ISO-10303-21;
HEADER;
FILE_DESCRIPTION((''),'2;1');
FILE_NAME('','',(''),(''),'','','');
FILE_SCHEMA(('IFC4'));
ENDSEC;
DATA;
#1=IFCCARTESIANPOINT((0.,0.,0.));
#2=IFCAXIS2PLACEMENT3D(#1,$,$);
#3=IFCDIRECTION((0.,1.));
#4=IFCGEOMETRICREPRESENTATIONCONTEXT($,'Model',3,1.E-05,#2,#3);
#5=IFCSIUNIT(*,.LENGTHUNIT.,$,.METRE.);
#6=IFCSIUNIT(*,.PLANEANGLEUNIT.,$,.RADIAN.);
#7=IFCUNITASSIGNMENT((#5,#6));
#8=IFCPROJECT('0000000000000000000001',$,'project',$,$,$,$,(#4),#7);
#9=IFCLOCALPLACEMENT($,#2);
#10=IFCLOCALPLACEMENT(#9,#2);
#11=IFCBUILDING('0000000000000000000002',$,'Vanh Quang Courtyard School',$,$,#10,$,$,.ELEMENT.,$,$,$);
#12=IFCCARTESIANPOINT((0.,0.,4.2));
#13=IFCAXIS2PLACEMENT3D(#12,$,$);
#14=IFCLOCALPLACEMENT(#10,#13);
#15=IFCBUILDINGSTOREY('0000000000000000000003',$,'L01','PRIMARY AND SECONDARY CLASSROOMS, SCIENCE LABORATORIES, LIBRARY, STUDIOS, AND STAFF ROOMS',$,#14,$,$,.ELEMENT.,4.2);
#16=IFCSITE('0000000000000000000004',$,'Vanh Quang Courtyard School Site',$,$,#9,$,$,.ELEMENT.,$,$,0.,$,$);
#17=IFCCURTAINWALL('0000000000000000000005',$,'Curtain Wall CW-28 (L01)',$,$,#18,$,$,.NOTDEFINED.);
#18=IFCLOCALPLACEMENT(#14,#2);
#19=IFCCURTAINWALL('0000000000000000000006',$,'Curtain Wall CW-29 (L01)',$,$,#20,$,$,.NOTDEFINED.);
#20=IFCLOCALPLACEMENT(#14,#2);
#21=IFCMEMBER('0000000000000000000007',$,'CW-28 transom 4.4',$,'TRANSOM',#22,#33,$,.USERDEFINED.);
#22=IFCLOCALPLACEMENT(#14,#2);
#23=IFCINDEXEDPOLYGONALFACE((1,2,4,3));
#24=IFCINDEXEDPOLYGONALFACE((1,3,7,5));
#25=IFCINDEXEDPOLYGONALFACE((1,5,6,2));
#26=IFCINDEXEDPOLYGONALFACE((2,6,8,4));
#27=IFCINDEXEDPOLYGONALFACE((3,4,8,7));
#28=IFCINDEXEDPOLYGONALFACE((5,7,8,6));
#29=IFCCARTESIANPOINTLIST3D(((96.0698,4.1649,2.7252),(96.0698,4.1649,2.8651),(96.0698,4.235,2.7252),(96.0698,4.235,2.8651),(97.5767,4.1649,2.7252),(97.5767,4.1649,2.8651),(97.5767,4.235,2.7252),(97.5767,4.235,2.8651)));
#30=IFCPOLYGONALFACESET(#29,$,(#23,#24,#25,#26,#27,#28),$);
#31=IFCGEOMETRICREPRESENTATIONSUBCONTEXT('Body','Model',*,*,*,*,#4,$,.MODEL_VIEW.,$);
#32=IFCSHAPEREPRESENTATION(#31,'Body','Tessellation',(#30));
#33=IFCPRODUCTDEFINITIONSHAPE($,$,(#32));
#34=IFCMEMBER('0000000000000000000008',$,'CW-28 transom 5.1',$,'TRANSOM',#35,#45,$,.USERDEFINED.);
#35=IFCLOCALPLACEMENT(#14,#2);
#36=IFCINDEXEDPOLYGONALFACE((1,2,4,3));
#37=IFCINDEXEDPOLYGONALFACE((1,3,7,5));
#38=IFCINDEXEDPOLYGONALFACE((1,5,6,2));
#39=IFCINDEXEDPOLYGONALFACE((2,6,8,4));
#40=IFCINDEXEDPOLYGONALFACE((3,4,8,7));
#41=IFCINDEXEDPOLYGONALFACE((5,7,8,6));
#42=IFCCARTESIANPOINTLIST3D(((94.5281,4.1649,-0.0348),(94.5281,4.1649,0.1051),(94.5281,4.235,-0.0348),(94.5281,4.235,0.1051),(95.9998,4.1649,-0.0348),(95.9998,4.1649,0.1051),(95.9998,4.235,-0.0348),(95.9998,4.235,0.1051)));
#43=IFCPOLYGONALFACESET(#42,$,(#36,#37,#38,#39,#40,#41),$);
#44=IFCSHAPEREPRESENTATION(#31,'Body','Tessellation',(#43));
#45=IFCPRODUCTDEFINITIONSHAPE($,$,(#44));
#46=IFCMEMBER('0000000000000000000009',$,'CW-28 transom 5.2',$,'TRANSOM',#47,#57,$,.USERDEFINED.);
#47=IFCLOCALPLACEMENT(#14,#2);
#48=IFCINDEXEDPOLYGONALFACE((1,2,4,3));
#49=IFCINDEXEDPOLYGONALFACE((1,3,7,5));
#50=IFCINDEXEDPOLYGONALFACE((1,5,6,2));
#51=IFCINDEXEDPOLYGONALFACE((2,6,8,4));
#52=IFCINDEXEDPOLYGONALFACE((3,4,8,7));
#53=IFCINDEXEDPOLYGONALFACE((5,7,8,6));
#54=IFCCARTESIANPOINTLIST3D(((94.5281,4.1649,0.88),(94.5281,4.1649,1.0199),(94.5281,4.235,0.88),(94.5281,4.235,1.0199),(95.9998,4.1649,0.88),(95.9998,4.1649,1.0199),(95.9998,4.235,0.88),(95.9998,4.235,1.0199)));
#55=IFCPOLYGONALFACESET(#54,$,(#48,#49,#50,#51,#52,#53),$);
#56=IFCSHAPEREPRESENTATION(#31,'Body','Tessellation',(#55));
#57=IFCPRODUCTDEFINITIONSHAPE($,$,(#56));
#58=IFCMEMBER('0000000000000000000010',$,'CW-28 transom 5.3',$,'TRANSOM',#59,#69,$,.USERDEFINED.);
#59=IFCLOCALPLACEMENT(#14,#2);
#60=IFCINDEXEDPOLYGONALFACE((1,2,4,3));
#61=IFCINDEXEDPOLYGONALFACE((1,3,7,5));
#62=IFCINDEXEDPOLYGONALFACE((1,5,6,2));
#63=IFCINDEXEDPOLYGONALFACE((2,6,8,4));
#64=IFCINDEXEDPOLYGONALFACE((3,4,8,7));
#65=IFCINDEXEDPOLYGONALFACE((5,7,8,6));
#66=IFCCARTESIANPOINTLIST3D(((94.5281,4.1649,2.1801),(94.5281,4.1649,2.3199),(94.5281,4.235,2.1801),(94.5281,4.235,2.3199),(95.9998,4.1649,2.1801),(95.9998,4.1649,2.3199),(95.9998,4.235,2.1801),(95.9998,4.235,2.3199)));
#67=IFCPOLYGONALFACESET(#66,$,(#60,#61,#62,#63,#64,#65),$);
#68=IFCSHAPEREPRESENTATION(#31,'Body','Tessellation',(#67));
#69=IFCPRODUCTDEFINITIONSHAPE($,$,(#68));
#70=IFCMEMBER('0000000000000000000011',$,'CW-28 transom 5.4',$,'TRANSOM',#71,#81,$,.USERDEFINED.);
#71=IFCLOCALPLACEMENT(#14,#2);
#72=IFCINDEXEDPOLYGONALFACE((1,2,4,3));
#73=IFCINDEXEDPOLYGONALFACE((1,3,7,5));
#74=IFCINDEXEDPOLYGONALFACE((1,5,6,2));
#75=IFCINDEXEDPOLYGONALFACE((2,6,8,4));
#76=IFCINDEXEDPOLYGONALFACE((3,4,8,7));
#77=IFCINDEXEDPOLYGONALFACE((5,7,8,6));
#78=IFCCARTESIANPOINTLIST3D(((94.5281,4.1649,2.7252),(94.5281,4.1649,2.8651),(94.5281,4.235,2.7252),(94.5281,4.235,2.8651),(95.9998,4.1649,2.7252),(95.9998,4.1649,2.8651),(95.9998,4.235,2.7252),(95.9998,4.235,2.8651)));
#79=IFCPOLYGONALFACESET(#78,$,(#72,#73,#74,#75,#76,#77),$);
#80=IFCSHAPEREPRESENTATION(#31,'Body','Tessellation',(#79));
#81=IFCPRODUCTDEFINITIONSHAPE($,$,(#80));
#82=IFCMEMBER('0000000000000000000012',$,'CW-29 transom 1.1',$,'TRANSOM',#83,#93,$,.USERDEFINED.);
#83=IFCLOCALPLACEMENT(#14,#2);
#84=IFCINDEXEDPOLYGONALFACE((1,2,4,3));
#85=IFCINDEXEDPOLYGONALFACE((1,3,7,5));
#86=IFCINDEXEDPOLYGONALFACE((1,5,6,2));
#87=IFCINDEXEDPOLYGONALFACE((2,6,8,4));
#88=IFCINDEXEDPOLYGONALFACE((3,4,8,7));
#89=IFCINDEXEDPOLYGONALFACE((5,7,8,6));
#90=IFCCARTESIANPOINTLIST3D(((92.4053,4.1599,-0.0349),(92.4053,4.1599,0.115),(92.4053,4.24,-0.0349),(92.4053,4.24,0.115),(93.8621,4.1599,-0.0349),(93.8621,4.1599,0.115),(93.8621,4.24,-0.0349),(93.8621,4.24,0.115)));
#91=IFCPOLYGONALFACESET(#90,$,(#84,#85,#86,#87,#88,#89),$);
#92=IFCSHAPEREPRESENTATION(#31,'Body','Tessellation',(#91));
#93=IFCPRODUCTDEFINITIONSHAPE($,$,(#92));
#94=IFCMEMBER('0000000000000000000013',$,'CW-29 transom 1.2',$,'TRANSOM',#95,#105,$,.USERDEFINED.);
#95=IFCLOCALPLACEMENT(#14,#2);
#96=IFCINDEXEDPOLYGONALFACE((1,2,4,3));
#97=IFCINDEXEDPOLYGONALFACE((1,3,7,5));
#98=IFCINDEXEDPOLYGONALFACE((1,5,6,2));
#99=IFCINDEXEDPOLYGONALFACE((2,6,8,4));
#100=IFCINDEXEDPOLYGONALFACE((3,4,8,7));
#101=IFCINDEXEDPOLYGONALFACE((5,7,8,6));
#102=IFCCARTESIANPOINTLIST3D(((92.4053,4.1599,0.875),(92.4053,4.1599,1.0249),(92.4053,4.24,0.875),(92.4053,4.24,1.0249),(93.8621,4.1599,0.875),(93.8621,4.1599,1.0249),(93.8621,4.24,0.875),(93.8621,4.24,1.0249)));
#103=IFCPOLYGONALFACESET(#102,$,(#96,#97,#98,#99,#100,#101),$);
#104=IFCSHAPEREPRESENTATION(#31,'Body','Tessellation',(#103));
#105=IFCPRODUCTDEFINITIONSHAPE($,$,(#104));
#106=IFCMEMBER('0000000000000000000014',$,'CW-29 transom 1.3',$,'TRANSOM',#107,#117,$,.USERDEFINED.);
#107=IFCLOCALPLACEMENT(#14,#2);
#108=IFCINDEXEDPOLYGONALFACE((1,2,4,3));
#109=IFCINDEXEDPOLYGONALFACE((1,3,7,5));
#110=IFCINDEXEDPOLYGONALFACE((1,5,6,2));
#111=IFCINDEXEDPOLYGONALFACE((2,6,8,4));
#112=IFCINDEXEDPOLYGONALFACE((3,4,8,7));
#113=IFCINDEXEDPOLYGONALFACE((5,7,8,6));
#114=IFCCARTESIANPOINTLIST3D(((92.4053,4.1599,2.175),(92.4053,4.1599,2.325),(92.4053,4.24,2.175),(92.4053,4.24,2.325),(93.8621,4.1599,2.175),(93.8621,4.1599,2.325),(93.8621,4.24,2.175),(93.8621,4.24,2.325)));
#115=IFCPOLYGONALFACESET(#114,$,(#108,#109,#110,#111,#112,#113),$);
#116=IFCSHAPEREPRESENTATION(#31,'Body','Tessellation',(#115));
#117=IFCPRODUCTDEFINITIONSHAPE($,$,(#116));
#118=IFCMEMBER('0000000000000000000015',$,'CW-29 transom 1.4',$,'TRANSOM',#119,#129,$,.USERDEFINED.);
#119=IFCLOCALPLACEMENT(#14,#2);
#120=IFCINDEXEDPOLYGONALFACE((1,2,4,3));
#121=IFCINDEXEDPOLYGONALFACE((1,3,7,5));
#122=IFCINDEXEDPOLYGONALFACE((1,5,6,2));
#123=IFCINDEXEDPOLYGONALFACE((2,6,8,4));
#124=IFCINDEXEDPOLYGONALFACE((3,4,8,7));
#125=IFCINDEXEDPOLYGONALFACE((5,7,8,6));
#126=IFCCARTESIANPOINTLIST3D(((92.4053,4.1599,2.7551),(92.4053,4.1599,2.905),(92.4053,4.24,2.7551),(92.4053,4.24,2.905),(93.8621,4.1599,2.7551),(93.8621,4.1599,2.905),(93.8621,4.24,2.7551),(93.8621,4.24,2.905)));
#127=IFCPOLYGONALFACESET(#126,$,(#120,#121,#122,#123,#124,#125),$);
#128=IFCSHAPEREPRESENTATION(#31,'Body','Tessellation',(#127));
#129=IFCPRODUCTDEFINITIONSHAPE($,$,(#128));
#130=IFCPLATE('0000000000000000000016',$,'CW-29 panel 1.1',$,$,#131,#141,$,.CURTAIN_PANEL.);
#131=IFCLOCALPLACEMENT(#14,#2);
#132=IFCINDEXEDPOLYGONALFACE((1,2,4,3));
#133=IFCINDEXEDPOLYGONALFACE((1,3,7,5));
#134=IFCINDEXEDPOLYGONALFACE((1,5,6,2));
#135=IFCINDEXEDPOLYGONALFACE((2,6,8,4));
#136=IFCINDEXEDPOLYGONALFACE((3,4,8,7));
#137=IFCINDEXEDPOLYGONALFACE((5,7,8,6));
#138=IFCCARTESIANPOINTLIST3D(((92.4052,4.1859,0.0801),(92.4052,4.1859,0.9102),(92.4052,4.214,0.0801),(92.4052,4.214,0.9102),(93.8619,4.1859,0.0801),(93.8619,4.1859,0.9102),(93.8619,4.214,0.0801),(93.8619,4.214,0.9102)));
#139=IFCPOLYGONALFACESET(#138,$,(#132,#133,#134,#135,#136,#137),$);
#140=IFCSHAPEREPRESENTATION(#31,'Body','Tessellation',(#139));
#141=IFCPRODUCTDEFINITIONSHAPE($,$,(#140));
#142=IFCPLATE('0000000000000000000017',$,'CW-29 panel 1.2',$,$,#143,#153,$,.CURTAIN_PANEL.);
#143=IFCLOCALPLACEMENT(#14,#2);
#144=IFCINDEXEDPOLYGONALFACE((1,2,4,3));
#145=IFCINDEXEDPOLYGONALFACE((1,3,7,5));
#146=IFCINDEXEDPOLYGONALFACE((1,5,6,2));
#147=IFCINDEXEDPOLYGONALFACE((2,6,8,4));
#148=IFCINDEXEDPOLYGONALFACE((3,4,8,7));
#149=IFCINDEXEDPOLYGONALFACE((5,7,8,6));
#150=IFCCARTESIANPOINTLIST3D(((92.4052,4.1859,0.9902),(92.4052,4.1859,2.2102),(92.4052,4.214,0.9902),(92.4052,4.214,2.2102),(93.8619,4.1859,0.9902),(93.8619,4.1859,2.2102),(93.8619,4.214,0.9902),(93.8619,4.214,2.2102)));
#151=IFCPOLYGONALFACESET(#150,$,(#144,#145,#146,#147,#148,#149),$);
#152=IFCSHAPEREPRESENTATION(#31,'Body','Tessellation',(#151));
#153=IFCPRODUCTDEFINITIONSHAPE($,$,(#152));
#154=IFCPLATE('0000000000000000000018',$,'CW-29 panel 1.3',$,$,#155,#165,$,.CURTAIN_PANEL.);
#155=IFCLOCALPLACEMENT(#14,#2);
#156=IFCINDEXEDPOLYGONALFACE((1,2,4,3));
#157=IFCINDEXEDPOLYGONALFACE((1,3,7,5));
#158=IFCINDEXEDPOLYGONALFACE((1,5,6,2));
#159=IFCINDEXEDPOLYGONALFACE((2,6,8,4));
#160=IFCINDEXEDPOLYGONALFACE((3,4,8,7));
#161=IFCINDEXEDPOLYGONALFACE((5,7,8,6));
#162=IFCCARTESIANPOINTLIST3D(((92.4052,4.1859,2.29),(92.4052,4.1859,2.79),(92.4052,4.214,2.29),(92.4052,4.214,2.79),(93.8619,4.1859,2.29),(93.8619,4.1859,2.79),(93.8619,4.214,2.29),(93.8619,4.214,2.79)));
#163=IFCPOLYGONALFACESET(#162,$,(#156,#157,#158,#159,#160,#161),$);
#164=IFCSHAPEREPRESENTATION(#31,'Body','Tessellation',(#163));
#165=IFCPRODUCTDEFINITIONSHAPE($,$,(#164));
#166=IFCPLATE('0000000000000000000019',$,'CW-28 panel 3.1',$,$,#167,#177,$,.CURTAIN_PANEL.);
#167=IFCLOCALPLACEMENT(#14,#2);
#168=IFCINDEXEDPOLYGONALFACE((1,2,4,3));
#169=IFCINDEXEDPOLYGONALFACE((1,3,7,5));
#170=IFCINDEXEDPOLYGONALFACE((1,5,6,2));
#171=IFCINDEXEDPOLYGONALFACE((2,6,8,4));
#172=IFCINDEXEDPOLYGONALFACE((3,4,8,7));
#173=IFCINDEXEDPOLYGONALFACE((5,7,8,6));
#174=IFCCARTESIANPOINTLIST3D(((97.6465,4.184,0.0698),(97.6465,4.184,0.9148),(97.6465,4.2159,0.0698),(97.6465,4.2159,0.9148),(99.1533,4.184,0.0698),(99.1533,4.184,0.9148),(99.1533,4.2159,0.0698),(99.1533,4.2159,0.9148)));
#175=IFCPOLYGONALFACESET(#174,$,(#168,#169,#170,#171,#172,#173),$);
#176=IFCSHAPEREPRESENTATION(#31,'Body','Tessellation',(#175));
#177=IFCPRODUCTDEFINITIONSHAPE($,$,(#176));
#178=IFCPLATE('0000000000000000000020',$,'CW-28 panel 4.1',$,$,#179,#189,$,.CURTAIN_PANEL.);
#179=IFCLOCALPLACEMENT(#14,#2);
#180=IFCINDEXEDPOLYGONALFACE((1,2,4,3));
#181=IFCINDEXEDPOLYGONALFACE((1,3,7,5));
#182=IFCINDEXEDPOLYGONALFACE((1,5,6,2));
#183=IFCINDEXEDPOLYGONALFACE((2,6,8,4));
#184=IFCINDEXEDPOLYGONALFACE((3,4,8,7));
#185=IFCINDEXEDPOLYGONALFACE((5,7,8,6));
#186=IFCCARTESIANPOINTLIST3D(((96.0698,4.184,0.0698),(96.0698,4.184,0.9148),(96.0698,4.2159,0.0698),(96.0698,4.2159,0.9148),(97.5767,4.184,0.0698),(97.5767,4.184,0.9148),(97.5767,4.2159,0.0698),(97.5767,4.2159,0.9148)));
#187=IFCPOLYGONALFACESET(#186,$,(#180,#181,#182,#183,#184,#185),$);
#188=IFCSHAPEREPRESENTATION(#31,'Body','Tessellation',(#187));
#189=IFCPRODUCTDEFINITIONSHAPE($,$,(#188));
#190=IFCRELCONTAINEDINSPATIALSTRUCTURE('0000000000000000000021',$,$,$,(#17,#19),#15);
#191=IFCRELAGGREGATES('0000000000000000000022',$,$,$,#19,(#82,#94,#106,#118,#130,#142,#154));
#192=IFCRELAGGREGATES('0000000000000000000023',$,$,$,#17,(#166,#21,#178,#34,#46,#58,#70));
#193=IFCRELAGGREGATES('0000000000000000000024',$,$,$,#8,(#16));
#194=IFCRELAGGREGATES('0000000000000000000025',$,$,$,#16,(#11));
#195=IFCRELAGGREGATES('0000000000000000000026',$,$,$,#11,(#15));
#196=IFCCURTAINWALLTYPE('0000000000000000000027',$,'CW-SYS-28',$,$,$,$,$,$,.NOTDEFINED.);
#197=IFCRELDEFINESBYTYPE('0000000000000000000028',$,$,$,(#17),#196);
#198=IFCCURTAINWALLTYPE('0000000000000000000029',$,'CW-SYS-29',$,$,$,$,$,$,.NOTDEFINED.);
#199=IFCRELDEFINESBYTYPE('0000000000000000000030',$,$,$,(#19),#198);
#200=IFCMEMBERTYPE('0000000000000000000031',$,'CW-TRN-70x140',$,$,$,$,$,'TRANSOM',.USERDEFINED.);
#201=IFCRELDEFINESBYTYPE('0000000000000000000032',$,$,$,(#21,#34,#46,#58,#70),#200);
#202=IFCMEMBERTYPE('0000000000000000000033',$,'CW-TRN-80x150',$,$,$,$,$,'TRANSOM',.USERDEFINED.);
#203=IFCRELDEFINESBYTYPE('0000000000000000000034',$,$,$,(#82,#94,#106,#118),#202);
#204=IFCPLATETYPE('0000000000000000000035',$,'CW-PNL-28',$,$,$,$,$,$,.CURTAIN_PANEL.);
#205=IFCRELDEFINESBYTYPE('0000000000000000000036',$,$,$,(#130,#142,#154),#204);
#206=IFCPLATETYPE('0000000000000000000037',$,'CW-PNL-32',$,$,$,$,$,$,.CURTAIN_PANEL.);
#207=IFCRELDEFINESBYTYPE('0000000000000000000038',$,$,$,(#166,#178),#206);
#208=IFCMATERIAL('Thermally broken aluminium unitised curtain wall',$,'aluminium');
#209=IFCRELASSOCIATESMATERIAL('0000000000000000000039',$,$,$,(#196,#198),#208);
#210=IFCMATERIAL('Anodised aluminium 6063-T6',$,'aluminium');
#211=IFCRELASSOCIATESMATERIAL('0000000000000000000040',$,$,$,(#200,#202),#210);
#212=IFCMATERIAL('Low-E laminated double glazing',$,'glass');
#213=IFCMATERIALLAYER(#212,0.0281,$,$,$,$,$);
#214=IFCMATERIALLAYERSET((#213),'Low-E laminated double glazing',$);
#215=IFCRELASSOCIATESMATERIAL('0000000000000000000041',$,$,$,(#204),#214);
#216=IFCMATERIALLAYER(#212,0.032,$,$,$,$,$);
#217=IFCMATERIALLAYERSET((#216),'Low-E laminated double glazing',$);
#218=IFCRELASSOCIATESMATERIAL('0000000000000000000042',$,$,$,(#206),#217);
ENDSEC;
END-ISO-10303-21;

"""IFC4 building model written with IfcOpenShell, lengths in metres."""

from ifc_helpers import new_model, si_unit, direction, frame, origin, origin_2d, place, context, subcontext, project, spatial, rectangle, extrude, material, layer, layer_set, material_profile, profile_set, type_object, element, aggregate, save


model = new_model("IFC4")

# Units and contexts
model_context = context("Model", 3, precision=1e-05, world=origin(), true_north=direction((0.0, 1.0)))
body_context = subcontext(model_context, "Body", "Model", "MODEL_VIEW")
ifc_project = project(units=[si_unit("LENGTHUNIT", "METRE"), si_unit("PLANEANGLEUNIT", "RADIAN")], contexts=[model_context])

# Site, building, storey
site_placement = place(None, origin())
site = spatial("IfcSite", under=ifc_project, at=site_placement, Name="Vanh Quang Courtyard School Site", CompositionType="ELEMENT", RefElevation=0.0)
building_placement = place(site_placement, origin())
building = spatial("IfcBuilding", under=site, at=building_placement, Name="Vanh Quang Courtyard School", CompositionType="ELEMENT")
storey_placement = place(building_placement, frame((0.0, 0.0, 4.2)))
storey = spatial("IfcBuildingStorey", under=building, at=storey_placement, Name="L01", Description="PRIMARY AND SECONDARY CLASSROOMS, SCIENCE LABORATORIES, LIBRARY, STUDIOS, AND STAFF ROOMS", CompositionType="ELEMENT", Elevation=4.2)

# Curtain wall
ifc_material_1 = material(Name="Thermally broken aluminium unitised curtain wall", Category="aluminium")
curtain_wall_type_1 = type_object("IfcCurtainWallType", Name="CW-SYS-28", PredefinedType="NOTDEFINED", material=ifc_material_1)
curtain_wall_1_placement = place(storey_placement, origin())
curtain_wall_1 = element("IfcCurtainWall", 1, at=curtain_wall_1_placement, inside=storey, type_object=curtain_wall_type_1, Name="Curtain Wall CW-28 (L01)", PredefinedType="NOTDEFINED")
ifc_material_2 = material(Name="Anodised aluminium 6063-T6", Category="aluminium")

# Curtain wall
curtain_wall_type_2 = type_object("IfcCurtainWallType", Name="CW-SYS-29", PredefinedType="NOTDEFINED", material=ifc_material_1)
curtain_wall_2_placement = place(storey_placement, origin())
curtain_wall_2 = element("IfcCurtainWall", 2, at=curtain_wall_2_placement, inside=storey, type_object=curtain_wall_type_2, Name="Curtain Wall CW-29 (L01)", PredefinedType="NOTDEFINED")

# Members
ifc_material_profile_1 = material_profile(ifc_material_2, rectangle(XDim=0.0701, YDim=0.1399, at=origin_2d()), Name="ALU-TRN 70x140")
ifc_profile_set_1 = profile_set([ifc_material_profile_1], Name="Anodised aluminium 6063-T6")
member_type_1 = type_object("IfcMemberType", Name="CW-TRN-70x140", ElementType="TRANSOM", PredefinedType="USERDEFINED", material=ifc_profile_set_1)
member_1_placement = place(storey_placement, frame((97.5767, 4.2, 2.7952), z_axis=(-1.0, 0.0, 0.0), x_axis=(0.0, -1.0, 0.0)))
member_1 = element("IfcMember", 3, at=member_1_placement, type_object=member_type_1, Name="CW-28 transom 4.4", ObjectType="TRANSOM", PredefinedType="USERDEFINED", context=body_context, shape_type="SweptSolid", body=[
    extrude(rectangle(XDim=0.0701, YDim=0.1399, at=origin_2d()), origin(), (0.0, 0.0, 1.0), 1.5068),
])
member_2_placement = place(storey_placement, frame((95.9998, 4.2, 0.0352), z_axis=(-1.0, 0.0, 0.0), x_axis=(0.0, -1.0, 0.0)))
member_2 = element("IfcMember", 4, at=member_2_placement, type_object=member_type_1, Name="CW-28 transom 5.1", ObjectType="TRANSOM", PredefinedType="USERDEFINED", context=body_context, shape_type="SweptSolid", body=[
    extrude(rectangle(XDim=0.0701, YDim=0.1399, at=origin_2d()), origin(), (0.0, 0.0, 1.0), 1.4717),
])
member_3_placement = place(storey_placement, frame((95.9998, 4.2, 0.95), z_axis=(-1.0, 0.0, 0.0), x_axis=(0.0, -1.0, 0.0)))
member_3 = element("IfcMember", 5, at=member_3_placement, type_object=member_type_1, Name="CW-28 transom 5.2", ObjectType="TRANSOM", PredefinedType="USERDEFINED", context=body_context, shape_type="SweptSolid", body=[
    extrude(rectangle(XDim=0.0701, YDim=0.1399, at=origin_2d()), origin(), (0.0, 0.0, 1.0), 1.4717),
])
member_4_placement = place(storey_placement, frame((95.9998, 4.2, 2.25), z_axis=(-1.0, 0.0, 0.0), x_axis=(0.0, -1.0, 0.0)))
member_4 = element("IfcMember", 6, at=member_4_placement, type_object=member_type_1, Name="CW-28 transom 5.3", ObjectType="TRANSOM", PredefinedType="USERDEFINED", context=body_context, shape_type="SweptSolid", body=[
    extrude(rectangle(XDim=0.0701, YDim=0.1399, at=origin_2d()), origin(), (0.0, 0.0, 1.0), 1.4717),
])
member_5_placement = place(storey_placement, frame((95.9998, 4.2, 2.7952), z_axis=(-1.0, 0.0, 0.0), x_axis=(0.0, -1.0, 0.0)))
member_5 = element("IfcMember", 7, at=member_5_placement, type_object=member_type_1, Name="CW-28 transom 5.4", ObjectType="TRANSOM", PredefinedType="USERDEFINED", context=body_context, shape_type="SweptSolid", body=[
    extrude(rectangle(XDim=0.0701, YDim=0.1399, at=origin_2d()), origin(), (0.0, 0.0, 1.0), 1.4717),
])
ifc_material_profile_2 = material_profile(ifc_material_2, rectangle(XDim=0.0801, YDim=0.1499, at=origin_2d()), Name="ALU-TRN 80x150")
ifc_profile_set_2 = profile_set([ifc_material_profile_2], Name="Anodised aluminium 6063-T6")
member_type_2 = type_object("IfcMemberType", Name="CW-TRN-80x150", ElementType="TRANSOM", PredefinedType="USERDEFINED", material=ifc_profile_set_2)
member_6_placement = place(storey_placement, frame((93.8621, 4.2, 0.04), z_axis=(-1.0, 0.0, 0.0), x_axis=(0.0, -1.0, 0.0)))
member_6 = element("IfcMember", 8, at=member_6_placement, type_object=member_type_2, Name="CW-29 transom 1.1", ObjectType="TRANSOM", PredefinedType="USERDEFINED", context=body_context, shape_type="SweptSolid", body=[
    extrude(rectangle(XDim=0.0801, YDim=0.1499, at=origin_2d()), origin(), (0.0, 0.0, 1.0), 1.4568),
])
member_7_placement = place(storey_placement, frame((93.8621, 4.2, 0.95), z_axis=(-1.0, 0.0, 0.0), x_axis=(0.0, -1.0, 0.0)))
member_7 = element("IfcMember", 9, at=member_7_placement, type_object=member_type_2, Name="CW-29 transom 1.2", ObjectType="TRANSOM", PredefinedType="USERDEFINED", context=body_context, shape_type="SweptSolid", body=[
    extrude(rectangle(XDim=0.0801, YDim=0.1499, at=origin_2d()), origin(), (0.0, 0.0, 1.0), 1.4568),
])
member_8_placement = place(storey_placement, frame((93.8621, 4.2, 2.25), z_axis=(-1.0, 0.0, 0.0), x_axis=(0.0, -1.0, 0.0)))
member_8 = element("IfcMember", 10, at=member_8_placement, type_object=member_type_2, Name="CW-29 transom 1.3", ObjectType="TRANSOM", PredefinedType="USERDEFINED", context=body_context, shape_type="SweptSolid", body=[
    extrude(rectangle(XDim=0.0801, YDim=0.1499, at=origin_2d()), origin(), (0.0, 0.0, 1.0), 1.4568),
])
member_9_placement = place(storey_placement, frame((93.8621, 4.2, 2.8301), z_axis=(-1.0, 0.0, 0.0), x_axis=(0.0, -1.0, 0.0)))
member_9 = element("IfcMember", 11, at=member_9_placement, type_object=member_type_2, Name="CW-29 transom 1.4", ObjectType="TRANSOM", PredefinedType="USERDEFINED", context=body_context, shape_type="SweptSolid", body=[
    extrude(rectangle(XDim=0.0801, YDim=0.1499, at=origin_2d()), origin(), (0.0, 0.0, 1.0), 1.4568),
])

# Plates
ifc_material_3 = material(Name="Low-E laminated double glazing", Category="glass")
ifc_layer_1 = layer(ifc_material_3, 0.0281)
ifc_layer_set_1 = layer_set([ifc_layer_1], Name="Low-E laminated double glazing")
plate_type_1 = type_object("IfcPlateType", Name="CW-PNL-28", PredefinedType="CURTAIN_PANEL", material=ifc_layer_set_1)
plate_1_placement = place(storey_placement, frame((93.1335, 4.2, 0.0801), z_axis=(0.0, 0.0, 1.0), x_axis=(-1.0, 0.0, 0.0)))
plate_1 = element("IfcPlate", 12, at=plate_1_placement, type_object=plate_type_1, Name="CW-29 panel 1.1", PredefinedType="CURTAIN_PANEL", context=body_context, shape_type="SweptSolid", body=[
    extrude(rectangle(XDim=1.4568, YDim=0.0281, at=origin_2d()), origin(), (0.0, 0.0, 1.0), 0.8301),
])
plate_2_placement = place(storey_placement, frame((93.1335, 4.2, 0.9902), z_axis=(0.0, 0.0, 1.0), x_axis=(-1.0, 0.0, 0.0)))
plate_2 = element("IfcPlate", 13, at=plate_2_placement, type_object=plate_type_1, Name="CW-29 panel 1.2", PredefinedType="CURTAIN_PANEL", context=body_context, shape_type="SweptSolid", body=[
    extrude(rectangle(XDim=1.4568, YDim=0.0281, at=origin_2d()), origin(), (0.0, 0.0, 1.0), 1.22),
])
plate_3_placement = place(storey_placement, frame((93.1335, 4.2, 2.29), z_axis=(0.0, 0.0, 1.0), x_axis=(-1.0, 0.0, 0.0)))
plate_3 = element("IfcPlate", 14, at=plate_3_placement, type_object=plate_type_1, Name="CW-29 panel 1.3", PredefinedType="CURTAIN_PANEL", context=body_context, shape_type="SweptSolid", body=[
    extrude(rectangle(XDim=1.4568, YDim=0.0281, at=origin_2d()), origin(), (0.0, 0.0, 1.0), 0.5),
])
aggregate(curtain_wall_2, [member_6, member_7, member_8, member_9, plate_1, plate_2, plate_3])
ifc_layer_2 = layer(ifc_material_3, 0.032)
ifc_layer_set_2 = layer_set([ifc_layer_2], Name="Low-E laminated double glazing")
plate_type_2 = type_object("IfcPlateType", Name="CW-PNL-32", PredefinedType="CURTAIN_PANEL", material=ifc_layer_set_2)
plate_4_placement = place(storey_placement, frame((98.3999, 4.2, 0.0698), z_axis=(0.0, 0.0, 1.0), x_axis=(-1.0, 0.0, 0.0)))
plate_4 = element("IfcPlate", 15, at=plate_4_placement, type_object=plate_type_2, Name="CW-28 panel 3.1", PredefinedType="CURTAIN_PANEL", context=body_context, shape_type="SweptSolid", body=[
    extrude(rectangle(XDim=1.5068, YDim=0.032, at=origin_2d()), origin(), (0.0, 0.0, 1.0), 0.845),
])
plate_5_placement = place(storey_placement, frame((96.8232, 4.2, 0.0698), z_axis=(0.0, 0.0, 1.0), x_axis=(-1.0, 0.0, 0.0)))
plate_5 = element("IfcPlate", 16, at=plate_5_placement, type_object=plate_type_2, Name="CW-28 panel 4.1", PredefinedType="CURTAIN_PANEL", context=body_context, shape_type="SweptSolid", body=[
    extrude(rectangle(XDim=1.5068, YDim=0.032, at=origin_2d()), origin(), (0.0, 0.0, 1.0), 0.845),
])
aggregate(curtain_wall_1, [plate_4, member_1, plate_5, member_2, member_3, member_4, member_5])

save(model, "model.ifc")
